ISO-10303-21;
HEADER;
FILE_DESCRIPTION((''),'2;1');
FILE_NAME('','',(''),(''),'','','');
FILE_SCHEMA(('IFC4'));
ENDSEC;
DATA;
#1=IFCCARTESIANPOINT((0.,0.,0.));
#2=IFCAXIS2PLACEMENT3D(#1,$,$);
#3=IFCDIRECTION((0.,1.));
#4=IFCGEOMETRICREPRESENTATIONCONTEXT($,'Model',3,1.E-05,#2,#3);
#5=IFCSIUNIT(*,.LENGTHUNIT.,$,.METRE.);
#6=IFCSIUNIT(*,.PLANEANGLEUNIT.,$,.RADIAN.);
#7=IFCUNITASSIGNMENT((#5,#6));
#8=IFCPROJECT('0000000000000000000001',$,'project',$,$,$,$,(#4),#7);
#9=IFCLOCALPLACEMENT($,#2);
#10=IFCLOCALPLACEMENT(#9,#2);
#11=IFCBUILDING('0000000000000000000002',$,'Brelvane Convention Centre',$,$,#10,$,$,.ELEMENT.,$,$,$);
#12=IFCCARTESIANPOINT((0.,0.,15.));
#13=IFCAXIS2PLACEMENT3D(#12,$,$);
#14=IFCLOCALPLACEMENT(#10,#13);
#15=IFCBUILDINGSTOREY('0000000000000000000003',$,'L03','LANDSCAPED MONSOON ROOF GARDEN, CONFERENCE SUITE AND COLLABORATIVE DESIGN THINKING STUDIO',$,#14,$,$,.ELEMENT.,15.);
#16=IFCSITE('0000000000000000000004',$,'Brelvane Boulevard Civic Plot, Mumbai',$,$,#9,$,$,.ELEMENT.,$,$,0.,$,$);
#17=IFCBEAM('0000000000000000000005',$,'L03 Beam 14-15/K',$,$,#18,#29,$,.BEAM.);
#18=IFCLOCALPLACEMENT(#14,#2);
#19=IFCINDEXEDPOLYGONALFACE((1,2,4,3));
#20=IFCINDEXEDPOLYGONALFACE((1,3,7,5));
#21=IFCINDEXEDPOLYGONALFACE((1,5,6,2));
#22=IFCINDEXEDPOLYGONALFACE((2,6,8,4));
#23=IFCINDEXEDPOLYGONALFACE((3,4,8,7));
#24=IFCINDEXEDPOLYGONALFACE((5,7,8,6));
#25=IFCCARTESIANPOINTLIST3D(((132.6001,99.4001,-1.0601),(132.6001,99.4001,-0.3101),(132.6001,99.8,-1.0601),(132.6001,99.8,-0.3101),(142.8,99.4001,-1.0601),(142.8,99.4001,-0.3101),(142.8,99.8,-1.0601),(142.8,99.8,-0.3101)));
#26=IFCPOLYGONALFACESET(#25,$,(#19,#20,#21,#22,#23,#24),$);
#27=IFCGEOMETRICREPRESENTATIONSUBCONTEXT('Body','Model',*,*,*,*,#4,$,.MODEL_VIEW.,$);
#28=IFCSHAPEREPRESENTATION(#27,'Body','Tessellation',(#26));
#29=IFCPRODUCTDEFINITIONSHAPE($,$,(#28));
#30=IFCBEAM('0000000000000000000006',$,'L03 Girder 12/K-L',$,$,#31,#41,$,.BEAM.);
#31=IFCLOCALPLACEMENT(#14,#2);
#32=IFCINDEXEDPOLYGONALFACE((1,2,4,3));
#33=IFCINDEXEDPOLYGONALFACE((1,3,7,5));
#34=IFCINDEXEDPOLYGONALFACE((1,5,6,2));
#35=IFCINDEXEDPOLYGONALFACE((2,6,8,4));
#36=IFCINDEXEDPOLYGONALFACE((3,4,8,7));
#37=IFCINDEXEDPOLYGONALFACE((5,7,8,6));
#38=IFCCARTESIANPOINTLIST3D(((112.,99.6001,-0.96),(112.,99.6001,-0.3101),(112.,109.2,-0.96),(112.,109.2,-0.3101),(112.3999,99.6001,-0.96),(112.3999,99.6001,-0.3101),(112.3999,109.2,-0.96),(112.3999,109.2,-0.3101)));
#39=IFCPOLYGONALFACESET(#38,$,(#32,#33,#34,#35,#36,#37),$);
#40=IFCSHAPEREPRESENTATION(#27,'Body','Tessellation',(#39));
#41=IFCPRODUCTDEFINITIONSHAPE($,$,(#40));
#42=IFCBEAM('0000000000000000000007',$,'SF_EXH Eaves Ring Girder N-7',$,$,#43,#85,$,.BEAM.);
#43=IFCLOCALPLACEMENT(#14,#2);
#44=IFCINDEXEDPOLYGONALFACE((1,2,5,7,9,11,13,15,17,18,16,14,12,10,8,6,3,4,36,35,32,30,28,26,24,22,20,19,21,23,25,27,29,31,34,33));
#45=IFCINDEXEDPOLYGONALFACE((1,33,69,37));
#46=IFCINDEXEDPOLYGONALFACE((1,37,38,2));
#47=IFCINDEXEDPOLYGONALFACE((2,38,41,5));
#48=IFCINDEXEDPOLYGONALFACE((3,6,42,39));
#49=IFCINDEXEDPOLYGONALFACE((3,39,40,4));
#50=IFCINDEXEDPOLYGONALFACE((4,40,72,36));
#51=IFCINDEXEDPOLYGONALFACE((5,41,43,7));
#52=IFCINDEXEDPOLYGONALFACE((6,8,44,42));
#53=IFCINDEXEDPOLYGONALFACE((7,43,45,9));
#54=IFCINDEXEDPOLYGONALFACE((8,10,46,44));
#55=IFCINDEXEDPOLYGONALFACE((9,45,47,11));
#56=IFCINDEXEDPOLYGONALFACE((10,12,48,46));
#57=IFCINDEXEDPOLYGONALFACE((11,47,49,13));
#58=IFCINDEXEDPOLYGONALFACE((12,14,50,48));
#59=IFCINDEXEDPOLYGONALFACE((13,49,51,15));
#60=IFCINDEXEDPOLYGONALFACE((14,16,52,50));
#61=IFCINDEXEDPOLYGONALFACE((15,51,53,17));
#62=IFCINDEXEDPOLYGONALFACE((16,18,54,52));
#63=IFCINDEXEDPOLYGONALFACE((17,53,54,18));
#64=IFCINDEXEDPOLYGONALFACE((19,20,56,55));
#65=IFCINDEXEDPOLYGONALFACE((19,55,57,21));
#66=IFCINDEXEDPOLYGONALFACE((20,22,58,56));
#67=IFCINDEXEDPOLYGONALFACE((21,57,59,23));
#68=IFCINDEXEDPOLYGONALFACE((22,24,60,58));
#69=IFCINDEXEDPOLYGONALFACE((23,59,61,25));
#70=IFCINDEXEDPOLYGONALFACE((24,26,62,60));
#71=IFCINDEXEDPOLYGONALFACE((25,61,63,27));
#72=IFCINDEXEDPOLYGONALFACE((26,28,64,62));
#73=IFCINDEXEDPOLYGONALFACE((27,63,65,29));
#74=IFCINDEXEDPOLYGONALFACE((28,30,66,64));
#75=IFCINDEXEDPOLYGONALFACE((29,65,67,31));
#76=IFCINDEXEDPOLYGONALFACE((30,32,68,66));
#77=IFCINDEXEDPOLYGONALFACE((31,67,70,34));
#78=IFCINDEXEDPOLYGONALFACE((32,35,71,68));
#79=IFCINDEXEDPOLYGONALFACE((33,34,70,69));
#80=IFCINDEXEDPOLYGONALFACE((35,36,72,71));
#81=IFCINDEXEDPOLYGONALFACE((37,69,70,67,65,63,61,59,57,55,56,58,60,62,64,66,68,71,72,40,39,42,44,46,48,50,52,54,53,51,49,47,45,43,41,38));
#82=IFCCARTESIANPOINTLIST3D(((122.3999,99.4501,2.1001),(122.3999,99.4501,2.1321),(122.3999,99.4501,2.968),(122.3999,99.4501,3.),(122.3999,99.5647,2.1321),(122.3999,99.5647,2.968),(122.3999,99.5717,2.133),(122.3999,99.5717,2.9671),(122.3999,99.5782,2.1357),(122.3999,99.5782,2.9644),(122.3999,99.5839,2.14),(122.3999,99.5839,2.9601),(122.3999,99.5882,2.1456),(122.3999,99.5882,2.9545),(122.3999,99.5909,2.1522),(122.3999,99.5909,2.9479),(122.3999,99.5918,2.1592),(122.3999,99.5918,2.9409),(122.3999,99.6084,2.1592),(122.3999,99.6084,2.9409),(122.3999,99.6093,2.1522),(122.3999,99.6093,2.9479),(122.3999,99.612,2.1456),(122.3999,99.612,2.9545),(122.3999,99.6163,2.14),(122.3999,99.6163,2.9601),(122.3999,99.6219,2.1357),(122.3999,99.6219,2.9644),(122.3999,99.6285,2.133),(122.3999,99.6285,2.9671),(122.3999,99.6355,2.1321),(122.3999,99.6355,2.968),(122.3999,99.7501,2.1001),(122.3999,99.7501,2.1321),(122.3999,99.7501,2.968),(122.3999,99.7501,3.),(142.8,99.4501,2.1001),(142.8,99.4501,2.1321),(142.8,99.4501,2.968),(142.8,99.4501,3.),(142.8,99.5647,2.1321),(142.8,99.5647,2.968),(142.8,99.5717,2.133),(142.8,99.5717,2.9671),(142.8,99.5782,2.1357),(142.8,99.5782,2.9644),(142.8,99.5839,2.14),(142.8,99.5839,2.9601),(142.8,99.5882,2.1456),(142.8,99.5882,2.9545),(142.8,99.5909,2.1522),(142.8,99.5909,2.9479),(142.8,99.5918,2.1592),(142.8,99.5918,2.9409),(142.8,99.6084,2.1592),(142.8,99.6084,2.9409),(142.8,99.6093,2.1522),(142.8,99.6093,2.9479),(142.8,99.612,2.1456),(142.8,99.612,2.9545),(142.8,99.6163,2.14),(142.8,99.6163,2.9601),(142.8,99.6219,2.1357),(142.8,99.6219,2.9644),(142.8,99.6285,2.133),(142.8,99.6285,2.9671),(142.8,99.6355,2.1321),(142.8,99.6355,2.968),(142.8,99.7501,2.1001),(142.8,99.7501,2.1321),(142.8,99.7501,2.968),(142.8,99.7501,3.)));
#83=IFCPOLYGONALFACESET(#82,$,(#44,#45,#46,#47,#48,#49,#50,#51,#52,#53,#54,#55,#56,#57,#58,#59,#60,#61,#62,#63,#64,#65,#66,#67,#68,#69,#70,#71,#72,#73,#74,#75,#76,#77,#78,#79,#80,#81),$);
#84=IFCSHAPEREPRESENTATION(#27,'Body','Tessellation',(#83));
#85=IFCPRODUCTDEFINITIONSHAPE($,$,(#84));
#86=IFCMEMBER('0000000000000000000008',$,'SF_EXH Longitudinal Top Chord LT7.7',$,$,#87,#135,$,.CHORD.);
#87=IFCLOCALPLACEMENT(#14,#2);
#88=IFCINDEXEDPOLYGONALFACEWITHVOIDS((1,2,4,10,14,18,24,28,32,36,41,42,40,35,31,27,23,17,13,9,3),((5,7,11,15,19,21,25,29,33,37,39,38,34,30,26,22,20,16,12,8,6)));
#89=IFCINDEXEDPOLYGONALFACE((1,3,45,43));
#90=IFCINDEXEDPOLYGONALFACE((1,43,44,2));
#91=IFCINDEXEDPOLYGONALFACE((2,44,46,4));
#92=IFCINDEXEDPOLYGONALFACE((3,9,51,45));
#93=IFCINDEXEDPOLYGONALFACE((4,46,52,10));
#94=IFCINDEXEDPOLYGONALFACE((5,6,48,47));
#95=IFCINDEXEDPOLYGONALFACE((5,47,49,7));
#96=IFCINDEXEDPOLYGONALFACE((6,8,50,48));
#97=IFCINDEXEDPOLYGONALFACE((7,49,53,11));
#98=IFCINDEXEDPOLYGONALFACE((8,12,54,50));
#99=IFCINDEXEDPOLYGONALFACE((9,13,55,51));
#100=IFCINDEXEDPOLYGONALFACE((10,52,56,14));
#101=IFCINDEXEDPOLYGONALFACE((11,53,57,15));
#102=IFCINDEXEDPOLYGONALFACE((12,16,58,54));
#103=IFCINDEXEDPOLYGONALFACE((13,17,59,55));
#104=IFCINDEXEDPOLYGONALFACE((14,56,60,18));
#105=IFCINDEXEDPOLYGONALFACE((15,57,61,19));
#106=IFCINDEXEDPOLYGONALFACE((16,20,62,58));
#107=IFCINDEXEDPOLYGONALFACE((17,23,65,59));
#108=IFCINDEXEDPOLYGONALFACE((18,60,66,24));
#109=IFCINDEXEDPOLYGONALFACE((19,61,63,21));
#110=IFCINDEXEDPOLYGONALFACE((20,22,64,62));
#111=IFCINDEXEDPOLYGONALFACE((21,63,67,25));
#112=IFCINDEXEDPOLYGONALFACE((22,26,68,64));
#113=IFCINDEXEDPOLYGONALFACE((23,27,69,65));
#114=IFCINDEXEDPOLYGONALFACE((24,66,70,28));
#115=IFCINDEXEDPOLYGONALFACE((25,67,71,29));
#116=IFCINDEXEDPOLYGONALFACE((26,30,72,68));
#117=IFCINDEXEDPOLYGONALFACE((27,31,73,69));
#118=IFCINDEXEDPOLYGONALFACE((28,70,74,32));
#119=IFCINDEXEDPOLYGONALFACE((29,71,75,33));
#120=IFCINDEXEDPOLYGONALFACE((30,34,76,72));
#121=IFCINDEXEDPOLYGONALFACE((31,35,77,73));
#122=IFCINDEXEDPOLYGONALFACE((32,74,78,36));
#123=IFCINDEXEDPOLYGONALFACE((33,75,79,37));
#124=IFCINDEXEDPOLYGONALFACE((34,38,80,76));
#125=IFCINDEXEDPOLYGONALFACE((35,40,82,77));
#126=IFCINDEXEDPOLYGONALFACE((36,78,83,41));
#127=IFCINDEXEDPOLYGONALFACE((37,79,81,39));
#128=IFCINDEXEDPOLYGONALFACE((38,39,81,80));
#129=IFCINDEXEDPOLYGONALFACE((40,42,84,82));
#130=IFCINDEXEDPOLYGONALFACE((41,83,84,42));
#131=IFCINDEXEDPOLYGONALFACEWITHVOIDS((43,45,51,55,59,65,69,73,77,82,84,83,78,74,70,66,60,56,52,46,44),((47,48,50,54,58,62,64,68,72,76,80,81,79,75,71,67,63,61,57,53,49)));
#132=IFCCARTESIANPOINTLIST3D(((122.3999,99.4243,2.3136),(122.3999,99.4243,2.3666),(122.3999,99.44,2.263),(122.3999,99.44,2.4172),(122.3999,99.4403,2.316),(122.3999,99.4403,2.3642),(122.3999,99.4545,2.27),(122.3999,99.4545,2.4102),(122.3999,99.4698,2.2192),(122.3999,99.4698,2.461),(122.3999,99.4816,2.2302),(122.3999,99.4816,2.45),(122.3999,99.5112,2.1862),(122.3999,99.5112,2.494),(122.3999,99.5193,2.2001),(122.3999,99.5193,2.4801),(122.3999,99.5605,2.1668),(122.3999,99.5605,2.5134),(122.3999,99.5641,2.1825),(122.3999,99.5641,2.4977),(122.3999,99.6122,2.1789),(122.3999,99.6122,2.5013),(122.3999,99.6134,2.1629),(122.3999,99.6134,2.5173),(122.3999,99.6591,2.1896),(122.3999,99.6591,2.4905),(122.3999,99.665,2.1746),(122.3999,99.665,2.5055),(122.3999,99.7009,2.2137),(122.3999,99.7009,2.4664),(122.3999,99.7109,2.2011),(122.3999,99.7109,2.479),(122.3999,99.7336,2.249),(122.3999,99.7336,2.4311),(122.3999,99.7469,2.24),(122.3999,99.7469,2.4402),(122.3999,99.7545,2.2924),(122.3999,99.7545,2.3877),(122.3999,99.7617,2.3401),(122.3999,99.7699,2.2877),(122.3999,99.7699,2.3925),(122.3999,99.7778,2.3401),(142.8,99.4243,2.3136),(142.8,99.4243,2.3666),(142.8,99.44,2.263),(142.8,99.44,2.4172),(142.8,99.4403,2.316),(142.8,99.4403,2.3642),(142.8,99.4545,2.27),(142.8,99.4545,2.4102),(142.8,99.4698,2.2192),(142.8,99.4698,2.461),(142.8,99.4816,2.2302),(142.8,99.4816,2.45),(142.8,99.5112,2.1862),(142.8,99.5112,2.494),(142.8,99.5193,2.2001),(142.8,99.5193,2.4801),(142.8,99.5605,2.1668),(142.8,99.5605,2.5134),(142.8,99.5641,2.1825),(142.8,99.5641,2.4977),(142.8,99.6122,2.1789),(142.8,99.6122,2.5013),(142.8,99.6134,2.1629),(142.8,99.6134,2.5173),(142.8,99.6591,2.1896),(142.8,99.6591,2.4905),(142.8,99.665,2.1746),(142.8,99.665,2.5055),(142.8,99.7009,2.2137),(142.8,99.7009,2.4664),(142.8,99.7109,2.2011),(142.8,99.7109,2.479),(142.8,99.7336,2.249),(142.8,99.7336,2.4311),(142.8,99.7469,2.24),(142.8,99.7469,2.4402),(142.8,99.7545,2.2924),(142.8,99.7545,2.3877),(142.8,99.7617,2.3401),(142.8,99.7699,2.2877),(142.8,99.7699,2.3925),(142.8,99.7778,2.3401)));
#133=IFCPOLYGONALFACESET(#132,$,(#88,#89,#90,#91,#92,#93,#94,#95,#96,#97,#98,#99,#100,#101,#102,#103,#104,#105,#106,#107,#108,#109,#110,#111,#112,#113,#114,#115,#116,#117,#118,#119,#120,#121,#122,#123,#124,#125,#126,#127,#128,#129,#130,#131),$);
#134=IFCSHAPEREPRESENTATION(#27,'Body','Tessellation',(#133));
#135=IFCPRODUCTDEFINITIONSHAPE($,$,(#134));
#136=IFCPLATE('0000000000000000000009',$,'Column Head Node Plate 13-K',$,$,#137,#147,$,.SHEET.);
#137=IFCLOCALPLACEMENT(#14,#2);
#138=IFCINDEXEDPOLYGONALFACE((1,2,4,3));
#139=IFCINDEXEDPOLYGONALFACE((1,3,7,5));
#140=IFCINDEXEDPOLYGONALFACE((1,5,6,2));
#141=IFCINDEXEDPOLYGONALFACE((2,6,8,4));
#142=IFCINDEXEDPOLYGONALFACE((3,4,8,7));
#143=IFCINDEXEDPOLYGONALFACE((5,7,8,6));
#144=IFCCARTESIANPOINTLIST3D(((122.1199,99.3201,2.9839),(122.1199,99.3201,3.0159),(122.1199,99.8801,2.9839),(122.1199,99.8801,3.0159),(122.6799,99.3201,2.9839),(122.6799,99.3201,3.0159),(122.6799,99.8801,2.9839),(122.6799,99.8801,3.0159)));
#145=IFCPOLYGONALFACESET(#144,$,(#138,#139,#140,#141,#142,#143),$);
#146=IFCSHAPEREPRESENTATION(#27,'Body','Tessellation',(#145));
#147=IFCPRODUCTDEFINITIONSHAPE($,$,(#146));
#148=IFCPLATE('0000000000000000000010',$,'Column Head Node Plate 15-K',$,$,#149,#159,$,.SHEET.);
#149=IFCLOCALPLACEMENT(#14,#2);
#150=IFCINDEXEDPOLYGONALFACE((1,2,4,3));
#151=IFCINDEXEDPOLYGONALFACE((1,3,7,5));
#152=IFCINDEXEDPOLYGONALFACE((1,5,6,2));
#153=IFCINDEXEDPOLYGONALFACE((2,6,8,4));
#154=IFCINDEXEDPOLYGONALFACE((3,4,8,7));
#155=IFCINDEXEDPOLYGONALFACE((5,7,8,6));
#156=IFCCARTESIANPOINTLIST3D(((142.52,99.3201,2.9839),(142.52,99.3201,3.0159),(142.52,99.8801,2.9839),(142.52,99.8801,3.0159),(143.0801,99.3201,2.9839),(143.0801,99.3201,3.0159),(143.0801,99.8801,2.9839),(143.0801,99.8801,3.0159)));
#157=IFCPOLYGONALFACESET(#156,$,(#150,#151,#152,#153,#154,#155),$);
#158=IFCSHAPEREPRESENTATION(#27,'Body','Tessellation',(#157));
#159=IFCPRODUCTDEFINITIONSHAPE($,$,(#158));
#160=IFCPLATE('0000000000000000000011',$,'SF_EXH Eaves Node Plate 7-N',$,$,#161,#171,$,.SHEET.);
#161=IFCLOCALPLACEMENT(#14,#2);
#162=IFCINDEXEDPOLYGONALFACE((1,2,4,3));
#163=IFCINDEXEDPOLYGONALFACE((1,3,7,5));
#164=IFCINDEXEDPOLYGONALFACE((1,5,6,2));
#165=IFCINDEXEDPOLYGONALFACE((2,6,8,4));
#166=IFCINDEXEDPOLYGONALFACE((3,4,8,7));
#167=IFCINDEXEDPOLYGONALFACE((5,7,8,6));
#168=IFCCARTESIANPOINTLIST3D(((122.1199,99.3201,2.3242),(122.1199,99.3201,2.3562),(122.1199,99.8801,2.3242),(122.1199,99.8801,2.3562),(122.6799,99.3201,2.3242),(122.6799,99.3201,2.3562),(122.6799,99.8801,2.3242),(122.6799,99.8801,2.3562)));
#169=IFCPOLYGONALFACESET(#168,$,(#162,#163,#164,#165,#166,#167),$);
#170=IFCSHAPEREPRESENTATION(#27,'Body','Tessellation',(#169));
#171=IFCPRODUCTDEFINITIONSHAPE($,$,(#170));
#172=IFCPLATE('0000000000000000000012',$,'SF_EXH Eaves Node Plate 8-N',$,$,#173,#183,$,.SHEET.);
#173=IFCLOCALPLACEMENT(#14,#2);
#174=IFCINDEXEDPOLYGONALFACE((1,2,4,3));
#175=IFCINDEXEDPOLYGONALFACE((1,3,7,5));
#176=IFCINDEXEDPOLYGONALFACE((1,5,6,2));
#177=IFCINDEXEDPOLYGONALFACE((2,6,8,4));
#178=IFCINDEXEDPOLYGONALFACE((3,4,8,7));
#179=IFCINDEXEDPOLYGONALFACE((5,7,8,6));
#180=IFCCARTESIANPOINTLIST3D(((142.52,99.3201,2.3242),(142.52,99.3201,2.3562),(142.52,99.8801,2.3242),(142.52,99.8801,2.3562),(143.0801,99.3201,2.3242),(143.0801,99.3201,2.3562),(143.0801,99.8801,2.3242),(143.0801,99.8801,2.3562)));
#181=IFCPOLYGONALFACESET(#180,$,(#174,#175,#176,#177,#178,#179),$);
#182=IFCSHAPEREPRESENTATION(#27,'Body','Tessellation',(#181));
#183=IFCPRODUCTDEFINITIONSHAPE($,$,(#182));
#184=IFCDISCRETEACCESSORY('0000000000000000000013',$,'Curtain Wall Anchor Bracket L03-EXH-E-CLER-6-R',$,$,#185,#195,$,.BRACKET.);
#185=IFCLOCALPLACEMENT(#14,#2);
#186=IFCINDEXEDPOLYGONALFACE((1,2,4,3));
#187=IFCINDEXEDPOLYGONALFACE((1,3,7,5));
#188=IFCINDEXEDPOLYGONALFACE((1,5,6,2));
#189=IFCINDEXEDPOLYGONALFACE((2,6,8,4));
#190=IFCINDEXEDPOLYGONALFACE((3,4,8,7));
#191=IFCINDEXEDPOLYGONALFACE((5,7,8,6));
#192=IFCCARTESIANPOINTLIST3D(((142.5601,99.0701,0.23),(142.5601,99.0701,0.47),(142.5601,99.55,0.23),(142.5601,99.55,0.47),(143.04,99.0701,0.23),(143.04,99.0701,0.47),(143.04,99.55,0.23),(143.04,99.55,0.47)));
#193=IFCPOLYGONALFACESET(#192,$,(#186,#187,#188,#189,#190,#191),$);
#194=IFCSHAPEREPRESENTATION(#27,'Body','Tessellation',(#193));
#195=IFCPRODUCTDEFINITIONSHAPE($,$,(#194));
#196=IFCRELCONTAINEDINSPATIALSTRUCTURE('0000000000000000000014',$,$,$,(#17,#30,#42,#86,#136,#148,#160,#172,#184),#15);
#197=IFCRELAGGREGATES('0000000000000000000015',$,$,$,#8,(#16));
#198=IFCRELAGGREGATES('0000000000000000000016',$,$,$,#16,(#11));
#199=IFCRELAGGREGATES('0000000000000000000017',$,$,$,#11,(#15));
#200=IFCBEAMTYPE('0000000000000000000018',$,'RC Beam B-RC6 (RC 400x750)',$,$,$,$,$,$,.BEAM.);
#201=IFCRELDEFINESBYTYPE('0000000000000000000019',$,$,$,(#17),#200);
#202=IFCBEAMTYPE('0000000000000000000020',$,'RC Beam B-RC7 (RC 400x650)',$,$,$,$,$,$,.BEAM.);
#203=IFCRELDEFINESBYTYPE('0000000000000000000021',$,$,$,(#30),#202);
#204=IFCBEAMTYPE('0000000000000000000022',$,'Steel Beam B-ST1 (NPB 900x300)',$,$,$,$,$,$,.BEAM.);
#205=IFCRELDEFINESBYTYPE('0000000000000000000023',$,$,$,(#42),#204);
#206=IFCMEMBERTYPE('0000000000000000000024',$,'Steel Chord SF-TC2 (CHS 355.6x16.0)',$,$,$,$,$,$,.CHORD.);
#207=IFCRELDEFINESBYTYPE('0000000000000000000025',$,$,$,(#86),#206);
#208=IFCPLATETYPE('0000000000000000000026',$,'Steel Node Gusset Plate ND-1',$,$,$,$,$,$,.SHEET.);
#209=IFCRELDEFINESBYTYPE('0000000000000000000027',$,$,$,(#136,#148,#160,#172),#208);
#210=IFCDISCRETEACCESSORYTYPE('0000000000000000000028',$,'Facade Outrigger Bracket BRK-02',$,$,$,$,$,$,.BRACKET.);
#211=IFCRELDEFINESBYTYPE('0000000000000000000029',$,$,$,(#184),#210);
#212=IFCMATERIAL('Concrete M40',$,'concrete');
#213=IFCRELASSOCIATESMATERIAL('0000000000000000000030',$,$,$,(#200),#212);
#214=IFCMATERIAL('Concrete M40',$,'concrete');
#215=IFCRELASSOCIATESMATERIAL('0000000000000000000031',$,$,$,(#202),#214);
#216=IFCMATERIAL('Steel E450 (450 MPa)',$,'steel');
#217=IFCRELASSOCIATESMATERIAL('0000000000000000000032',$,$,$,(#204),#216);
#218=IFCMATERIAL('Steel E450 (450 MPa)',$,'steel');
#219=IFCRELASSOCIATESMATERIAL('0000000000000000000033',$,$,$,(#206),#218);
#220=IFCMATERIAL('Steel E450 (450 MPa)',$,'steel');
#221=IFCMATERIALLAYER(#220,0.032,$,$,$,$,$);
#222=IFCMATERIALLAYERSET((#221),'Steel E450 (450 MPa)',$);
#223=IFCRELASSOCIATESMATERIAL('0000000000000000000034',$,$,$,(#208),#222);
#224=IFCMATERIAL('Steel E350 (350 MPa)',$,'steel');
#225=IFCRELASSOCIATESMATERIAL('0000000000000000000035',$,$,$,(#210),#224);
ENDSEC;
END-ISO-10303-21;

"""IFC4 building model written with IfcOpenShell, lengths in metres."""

from ifc_helpers import new_model, si_unit, direction, frame, origin, origin_2d, place, context, subcontext, project, spatial, rectangle, hollow_circle, i_section, extrude, material, layer, layer_set, material_profile, profile_set, type_object, element, save


model = new_model("IFC4")

# Units and contexts
model_context = context("Model", 3, precision=1e-05, world=origin(), true_north=direction((0.0, 1.0)))
body_context = subcontext(model_context, "Body", "Model", "MODEL_VIEW")
ifc_project = project(units=[si_unit("LENGTHUNIT", "METRE"), si_unit("PLANEANGLEUNIT", "RADIAN")], contexts=[model_context])

# Site, building, storey
site_placement = place(None, origin())
site = spatial("IfcSite", under=ifc_project, at=site_placement, Name="Brelvane Boulevard Civic Plot, Mumbai", CompositionType="ELEMENT", RefElevation=0.0)
building_placement = place(site_placement, origin())
building = spatial("IfcBuilding", under=site, at=building_placement, Name="Brelvane Convention Centre", CompositionType="ELEMENT")
storey_placement = place(building_placement, frame((0.0, 0.0, 15.0)))
storey = spatial("IfcBuildingStorey", under=building, at=storey_placement, Name="L03", Description="LANDSCAPED MONSOON ROOF GARDEN, CONFERENCE SUITE AND COLLABORATIVE DESIGN THINKING STUDIO", CompositionType="ELEMENT", Elevation=15.0)

# Beams
ifc_material_1 = material(Name="Concrete M40", Category="concrete")
ifc_material_profile_1 = material_profile(ifc_material_1, rectangle(XDim=0.3999, YDim=0.75, at=origin_2d()), Name="RC 400x750")
ifc_profile_set_1 = profile_set([ifc_material_profile_1], Name="Concrete M40")
beam_type_1 = type_object("IfcBeamType", Name="RC Beam B-RC6 (RC 400x750)", PredefinedType="BEAM", material=ifc_profile_set_1)
beam_1_placement = place(storey_placement, frame((132.6001, 99.6001, -0.6851), z_axis=(1.0, 0.0, 0.0), x_axis=(0.0, 1.0, 0.0)))
element("IfcBeam", 1, at=beam_1_placement, inside=storey, type_object=beam_type_1, Name="L03 Beam 14-15/K", PredefinedType="BEAM", context=body_context, shape_type="SweptSolid", body=[
    extrude(rectangle(XDim=0.3999, YDim=0.75, at=origin_2d()), origin(), (0.0, 0.0, 1.0), 10.2),
])
ifc_material_2 = material(Name="Concrete M40", Category="concrete")
ifc_material_profile_2 = material_profile(ifc_material_2, rectangle(XDim=0.3999, YDim=0.6499, at=origin_2d()), Name="RC 400x650")
ifc_profile_set_2 = profile_set([ifc_material_profile_2], Name="Concrete M40")
beam_type_2 = type_object("IfcBeamType", Name="RC Beam B-RC7 (RC 400x650)", PredefinedType="BEAM", material=ifc_profile_set_2)
beam_2_placement = place(storey_placement, frame((112.2, 99.6001, -0.635), z_axis=(0.0, 1.0, 0.0), x_axis=(-1.0, 0.0, 0.0)))
element("IfcBeam", 2, at=beam_2_placement, inside=storey, type_object=beam_type_2, Name="L03 Girder 12/K-L", PredefinedType="BEAM", context=body_context, shape_type="SweptSolid", body=[
    extrude(rectangle(XDim=0.3999, YDim=0.6499, at=origin_2d()), origin(), (0.0, 0.0, 1.0), 9.5999),
])
ifc_material_3 = material(Name="Steel E450 (450 MPa)", Category="steel")
ifc_material_profile_3 = material_profile(ifc_material_3, i_section(OverallWidth=0.3, OverallDepth=0.8999, WebThickness=0.0166, FlangeThickness=0.032, FilletRadius=0.0271, at=origin_2d()), Name="NPB 900x300")
ifc_profile_set_3 = profile_set([ifc_material_profile_3], Name="Steel E450 (450 MPa)")
beam_type_3 = type_object("IfcBeamType", Name="Steel Beam B-ST1 (NPB 900x300)", PredefinedType="BEAM", material=ifc_profile_set_3)
beam_3_placement = place(storey_placement, frame((122.3999, 99.6001, 2.55), z_axis=(1.0, 0.0, 0.0), x_axis=(0.0, 1.0, 0.0)))
element("IfcBeam", 3, at=beam_3_placement, inside=storey, type_object=beam_type_3, Name="SF_EXH Eaves Ring Girder N-7", PredefinedType="BEAM", context=body_context, shape_type="SweptSolid", body=[
    extrude(i_section(OverallWidth=0.3, OverallDepth=0.8999, WebThickness=0.0166, FlangeThickness=0.032, FilletRadius=0.0271, at=origin_2d()), origin(), (0.0, 0.0, 1.0), 20.4001),
])

# Member
ifc_material_4 = material(Name="Steel E450 (450 MPa)", Category="steel")
ifc_material_profile_4 = material_profile(ifc_material_4, hollow_circle(Radius=0.1777, WallThickness=0.0161, at=origin_2d()), Name="CHS 355.6x16.0")
ifc_profile_set_4 = profile_set([ifc_material_profile_4], Name="Steel E450 (450 MPa)")
member_type_1 = type_object("IfcMemberType", Name="Steel Chord SF-TC2 (CHS 355.6x16.0)", PredefinedType="CHORD", material=ifc_profile_set_4)
member_1_placement = place(storey_placement, frame((122.3999, 99.6001, 2.3401), z_axis=(1.0, 0.0, 0.0), x_axis=(0.0, 1.0, 0.0)))
element("IfcMember", 4, at=member_1_placement, inside=storey, type_object=member_type_1, Name="SF_EXH Longitudinal Top Chord LT7.7", PredefinedType="CHORD", context=body_context, shape_type="SweptSolid", body=[
    extrude(hollow_circle(Radius=0.1777, WallThickness=0.0161, at=origin_2d()), origin(), (0.0, 0.0, 1.0), 20.4001),
])

# Plates
ifc_material_5 = material(Name="Steel E450 (450 MPa)", Category="steel")
ifc_layer = layer(ifc_material_5, 0.032)
ifc_layer_set = layer_set([ifc_layer], Name="Steel E450 (450 MPa)")
plate_type = type_object("IfcPlateType", Name="Steel Node Gusset Plate ND-1", PredefinedType="SHEET", material=ifc_layer_set)
for number, where, z_axis, x_axis, name in (
    (5, (122.3999, 99.6001, 2.9839), (0.0, 0.0, 1.0), (1.0, 0.0, 0.0), "Column Head Node Plate 13-K"),
    (6, (142.8, 99.6001, 2.9839), (0.0, 0.0, 1.0), (1.0, 0.0, 0.0), "Column Head Node Plate 15-K"),
    (7, (122.3999, 99.6001, 2.3242), (0.0, 0.0, 1.0), (1.0, 0.0, 0.0), "SF_EXH Eaves Node Plate 7-N"),
    (8, (142.8, 99.6001, 2.3242), (0.0, 0.0, 1.0), (1.0, 0.0, 0.0), "SF_EXH Eaves Node Plate 8-N"),
):
    element("IfcPlate", number, at=place(storey_placement, frame(where, z_axis=z_axis, x_axis=x_axis)), inside=storey, type_object=plate_type, Name=name, PredefinedType="SHEET", context=body_context, shape_type="SweptSolid", body=[
        extrude(rectangle(XDim=0.5601, YDim=0.5601, at=origin_2d()), origin(), (0.0, 0.0, 1.0), 0.032),
    ])

# Discrete accessory
ifc_material_6 = material(Name="Steel E350 (350 MPa)", Category="steel")
discrete_accessory_type = type_object("IfcDiscreteAccessoryType", Name="Facade Outrigger Bracket BRK-02", PredefinedType="BRACKET", material=ifc_material_6)
discrete_accessory_placement = place(storey_placement, frame((142.8, 99.3101, 0.23), z_axis=(0.0, 0.0, 1.0), x_axis=(1.0, 0.0, 0.0)))
element("IfcDiscreteAccessory", 9, at=discrete_accessory_placement, inside=storey, type_object=discrete_accessory_type, Name="Curtain Wall Anchor Bracket L03-EXH-E-CLER-6-R", PredefinedType="BRACKET", context=body_context, shape_type="SweptSolid", body=[
    extrude(rectangle(XDim=0.48, YDim=0.48, at=origin_2d()), origin(), (0.0, 0.0, 1.0), 0.24),
])

save(model, "model.ifc")
